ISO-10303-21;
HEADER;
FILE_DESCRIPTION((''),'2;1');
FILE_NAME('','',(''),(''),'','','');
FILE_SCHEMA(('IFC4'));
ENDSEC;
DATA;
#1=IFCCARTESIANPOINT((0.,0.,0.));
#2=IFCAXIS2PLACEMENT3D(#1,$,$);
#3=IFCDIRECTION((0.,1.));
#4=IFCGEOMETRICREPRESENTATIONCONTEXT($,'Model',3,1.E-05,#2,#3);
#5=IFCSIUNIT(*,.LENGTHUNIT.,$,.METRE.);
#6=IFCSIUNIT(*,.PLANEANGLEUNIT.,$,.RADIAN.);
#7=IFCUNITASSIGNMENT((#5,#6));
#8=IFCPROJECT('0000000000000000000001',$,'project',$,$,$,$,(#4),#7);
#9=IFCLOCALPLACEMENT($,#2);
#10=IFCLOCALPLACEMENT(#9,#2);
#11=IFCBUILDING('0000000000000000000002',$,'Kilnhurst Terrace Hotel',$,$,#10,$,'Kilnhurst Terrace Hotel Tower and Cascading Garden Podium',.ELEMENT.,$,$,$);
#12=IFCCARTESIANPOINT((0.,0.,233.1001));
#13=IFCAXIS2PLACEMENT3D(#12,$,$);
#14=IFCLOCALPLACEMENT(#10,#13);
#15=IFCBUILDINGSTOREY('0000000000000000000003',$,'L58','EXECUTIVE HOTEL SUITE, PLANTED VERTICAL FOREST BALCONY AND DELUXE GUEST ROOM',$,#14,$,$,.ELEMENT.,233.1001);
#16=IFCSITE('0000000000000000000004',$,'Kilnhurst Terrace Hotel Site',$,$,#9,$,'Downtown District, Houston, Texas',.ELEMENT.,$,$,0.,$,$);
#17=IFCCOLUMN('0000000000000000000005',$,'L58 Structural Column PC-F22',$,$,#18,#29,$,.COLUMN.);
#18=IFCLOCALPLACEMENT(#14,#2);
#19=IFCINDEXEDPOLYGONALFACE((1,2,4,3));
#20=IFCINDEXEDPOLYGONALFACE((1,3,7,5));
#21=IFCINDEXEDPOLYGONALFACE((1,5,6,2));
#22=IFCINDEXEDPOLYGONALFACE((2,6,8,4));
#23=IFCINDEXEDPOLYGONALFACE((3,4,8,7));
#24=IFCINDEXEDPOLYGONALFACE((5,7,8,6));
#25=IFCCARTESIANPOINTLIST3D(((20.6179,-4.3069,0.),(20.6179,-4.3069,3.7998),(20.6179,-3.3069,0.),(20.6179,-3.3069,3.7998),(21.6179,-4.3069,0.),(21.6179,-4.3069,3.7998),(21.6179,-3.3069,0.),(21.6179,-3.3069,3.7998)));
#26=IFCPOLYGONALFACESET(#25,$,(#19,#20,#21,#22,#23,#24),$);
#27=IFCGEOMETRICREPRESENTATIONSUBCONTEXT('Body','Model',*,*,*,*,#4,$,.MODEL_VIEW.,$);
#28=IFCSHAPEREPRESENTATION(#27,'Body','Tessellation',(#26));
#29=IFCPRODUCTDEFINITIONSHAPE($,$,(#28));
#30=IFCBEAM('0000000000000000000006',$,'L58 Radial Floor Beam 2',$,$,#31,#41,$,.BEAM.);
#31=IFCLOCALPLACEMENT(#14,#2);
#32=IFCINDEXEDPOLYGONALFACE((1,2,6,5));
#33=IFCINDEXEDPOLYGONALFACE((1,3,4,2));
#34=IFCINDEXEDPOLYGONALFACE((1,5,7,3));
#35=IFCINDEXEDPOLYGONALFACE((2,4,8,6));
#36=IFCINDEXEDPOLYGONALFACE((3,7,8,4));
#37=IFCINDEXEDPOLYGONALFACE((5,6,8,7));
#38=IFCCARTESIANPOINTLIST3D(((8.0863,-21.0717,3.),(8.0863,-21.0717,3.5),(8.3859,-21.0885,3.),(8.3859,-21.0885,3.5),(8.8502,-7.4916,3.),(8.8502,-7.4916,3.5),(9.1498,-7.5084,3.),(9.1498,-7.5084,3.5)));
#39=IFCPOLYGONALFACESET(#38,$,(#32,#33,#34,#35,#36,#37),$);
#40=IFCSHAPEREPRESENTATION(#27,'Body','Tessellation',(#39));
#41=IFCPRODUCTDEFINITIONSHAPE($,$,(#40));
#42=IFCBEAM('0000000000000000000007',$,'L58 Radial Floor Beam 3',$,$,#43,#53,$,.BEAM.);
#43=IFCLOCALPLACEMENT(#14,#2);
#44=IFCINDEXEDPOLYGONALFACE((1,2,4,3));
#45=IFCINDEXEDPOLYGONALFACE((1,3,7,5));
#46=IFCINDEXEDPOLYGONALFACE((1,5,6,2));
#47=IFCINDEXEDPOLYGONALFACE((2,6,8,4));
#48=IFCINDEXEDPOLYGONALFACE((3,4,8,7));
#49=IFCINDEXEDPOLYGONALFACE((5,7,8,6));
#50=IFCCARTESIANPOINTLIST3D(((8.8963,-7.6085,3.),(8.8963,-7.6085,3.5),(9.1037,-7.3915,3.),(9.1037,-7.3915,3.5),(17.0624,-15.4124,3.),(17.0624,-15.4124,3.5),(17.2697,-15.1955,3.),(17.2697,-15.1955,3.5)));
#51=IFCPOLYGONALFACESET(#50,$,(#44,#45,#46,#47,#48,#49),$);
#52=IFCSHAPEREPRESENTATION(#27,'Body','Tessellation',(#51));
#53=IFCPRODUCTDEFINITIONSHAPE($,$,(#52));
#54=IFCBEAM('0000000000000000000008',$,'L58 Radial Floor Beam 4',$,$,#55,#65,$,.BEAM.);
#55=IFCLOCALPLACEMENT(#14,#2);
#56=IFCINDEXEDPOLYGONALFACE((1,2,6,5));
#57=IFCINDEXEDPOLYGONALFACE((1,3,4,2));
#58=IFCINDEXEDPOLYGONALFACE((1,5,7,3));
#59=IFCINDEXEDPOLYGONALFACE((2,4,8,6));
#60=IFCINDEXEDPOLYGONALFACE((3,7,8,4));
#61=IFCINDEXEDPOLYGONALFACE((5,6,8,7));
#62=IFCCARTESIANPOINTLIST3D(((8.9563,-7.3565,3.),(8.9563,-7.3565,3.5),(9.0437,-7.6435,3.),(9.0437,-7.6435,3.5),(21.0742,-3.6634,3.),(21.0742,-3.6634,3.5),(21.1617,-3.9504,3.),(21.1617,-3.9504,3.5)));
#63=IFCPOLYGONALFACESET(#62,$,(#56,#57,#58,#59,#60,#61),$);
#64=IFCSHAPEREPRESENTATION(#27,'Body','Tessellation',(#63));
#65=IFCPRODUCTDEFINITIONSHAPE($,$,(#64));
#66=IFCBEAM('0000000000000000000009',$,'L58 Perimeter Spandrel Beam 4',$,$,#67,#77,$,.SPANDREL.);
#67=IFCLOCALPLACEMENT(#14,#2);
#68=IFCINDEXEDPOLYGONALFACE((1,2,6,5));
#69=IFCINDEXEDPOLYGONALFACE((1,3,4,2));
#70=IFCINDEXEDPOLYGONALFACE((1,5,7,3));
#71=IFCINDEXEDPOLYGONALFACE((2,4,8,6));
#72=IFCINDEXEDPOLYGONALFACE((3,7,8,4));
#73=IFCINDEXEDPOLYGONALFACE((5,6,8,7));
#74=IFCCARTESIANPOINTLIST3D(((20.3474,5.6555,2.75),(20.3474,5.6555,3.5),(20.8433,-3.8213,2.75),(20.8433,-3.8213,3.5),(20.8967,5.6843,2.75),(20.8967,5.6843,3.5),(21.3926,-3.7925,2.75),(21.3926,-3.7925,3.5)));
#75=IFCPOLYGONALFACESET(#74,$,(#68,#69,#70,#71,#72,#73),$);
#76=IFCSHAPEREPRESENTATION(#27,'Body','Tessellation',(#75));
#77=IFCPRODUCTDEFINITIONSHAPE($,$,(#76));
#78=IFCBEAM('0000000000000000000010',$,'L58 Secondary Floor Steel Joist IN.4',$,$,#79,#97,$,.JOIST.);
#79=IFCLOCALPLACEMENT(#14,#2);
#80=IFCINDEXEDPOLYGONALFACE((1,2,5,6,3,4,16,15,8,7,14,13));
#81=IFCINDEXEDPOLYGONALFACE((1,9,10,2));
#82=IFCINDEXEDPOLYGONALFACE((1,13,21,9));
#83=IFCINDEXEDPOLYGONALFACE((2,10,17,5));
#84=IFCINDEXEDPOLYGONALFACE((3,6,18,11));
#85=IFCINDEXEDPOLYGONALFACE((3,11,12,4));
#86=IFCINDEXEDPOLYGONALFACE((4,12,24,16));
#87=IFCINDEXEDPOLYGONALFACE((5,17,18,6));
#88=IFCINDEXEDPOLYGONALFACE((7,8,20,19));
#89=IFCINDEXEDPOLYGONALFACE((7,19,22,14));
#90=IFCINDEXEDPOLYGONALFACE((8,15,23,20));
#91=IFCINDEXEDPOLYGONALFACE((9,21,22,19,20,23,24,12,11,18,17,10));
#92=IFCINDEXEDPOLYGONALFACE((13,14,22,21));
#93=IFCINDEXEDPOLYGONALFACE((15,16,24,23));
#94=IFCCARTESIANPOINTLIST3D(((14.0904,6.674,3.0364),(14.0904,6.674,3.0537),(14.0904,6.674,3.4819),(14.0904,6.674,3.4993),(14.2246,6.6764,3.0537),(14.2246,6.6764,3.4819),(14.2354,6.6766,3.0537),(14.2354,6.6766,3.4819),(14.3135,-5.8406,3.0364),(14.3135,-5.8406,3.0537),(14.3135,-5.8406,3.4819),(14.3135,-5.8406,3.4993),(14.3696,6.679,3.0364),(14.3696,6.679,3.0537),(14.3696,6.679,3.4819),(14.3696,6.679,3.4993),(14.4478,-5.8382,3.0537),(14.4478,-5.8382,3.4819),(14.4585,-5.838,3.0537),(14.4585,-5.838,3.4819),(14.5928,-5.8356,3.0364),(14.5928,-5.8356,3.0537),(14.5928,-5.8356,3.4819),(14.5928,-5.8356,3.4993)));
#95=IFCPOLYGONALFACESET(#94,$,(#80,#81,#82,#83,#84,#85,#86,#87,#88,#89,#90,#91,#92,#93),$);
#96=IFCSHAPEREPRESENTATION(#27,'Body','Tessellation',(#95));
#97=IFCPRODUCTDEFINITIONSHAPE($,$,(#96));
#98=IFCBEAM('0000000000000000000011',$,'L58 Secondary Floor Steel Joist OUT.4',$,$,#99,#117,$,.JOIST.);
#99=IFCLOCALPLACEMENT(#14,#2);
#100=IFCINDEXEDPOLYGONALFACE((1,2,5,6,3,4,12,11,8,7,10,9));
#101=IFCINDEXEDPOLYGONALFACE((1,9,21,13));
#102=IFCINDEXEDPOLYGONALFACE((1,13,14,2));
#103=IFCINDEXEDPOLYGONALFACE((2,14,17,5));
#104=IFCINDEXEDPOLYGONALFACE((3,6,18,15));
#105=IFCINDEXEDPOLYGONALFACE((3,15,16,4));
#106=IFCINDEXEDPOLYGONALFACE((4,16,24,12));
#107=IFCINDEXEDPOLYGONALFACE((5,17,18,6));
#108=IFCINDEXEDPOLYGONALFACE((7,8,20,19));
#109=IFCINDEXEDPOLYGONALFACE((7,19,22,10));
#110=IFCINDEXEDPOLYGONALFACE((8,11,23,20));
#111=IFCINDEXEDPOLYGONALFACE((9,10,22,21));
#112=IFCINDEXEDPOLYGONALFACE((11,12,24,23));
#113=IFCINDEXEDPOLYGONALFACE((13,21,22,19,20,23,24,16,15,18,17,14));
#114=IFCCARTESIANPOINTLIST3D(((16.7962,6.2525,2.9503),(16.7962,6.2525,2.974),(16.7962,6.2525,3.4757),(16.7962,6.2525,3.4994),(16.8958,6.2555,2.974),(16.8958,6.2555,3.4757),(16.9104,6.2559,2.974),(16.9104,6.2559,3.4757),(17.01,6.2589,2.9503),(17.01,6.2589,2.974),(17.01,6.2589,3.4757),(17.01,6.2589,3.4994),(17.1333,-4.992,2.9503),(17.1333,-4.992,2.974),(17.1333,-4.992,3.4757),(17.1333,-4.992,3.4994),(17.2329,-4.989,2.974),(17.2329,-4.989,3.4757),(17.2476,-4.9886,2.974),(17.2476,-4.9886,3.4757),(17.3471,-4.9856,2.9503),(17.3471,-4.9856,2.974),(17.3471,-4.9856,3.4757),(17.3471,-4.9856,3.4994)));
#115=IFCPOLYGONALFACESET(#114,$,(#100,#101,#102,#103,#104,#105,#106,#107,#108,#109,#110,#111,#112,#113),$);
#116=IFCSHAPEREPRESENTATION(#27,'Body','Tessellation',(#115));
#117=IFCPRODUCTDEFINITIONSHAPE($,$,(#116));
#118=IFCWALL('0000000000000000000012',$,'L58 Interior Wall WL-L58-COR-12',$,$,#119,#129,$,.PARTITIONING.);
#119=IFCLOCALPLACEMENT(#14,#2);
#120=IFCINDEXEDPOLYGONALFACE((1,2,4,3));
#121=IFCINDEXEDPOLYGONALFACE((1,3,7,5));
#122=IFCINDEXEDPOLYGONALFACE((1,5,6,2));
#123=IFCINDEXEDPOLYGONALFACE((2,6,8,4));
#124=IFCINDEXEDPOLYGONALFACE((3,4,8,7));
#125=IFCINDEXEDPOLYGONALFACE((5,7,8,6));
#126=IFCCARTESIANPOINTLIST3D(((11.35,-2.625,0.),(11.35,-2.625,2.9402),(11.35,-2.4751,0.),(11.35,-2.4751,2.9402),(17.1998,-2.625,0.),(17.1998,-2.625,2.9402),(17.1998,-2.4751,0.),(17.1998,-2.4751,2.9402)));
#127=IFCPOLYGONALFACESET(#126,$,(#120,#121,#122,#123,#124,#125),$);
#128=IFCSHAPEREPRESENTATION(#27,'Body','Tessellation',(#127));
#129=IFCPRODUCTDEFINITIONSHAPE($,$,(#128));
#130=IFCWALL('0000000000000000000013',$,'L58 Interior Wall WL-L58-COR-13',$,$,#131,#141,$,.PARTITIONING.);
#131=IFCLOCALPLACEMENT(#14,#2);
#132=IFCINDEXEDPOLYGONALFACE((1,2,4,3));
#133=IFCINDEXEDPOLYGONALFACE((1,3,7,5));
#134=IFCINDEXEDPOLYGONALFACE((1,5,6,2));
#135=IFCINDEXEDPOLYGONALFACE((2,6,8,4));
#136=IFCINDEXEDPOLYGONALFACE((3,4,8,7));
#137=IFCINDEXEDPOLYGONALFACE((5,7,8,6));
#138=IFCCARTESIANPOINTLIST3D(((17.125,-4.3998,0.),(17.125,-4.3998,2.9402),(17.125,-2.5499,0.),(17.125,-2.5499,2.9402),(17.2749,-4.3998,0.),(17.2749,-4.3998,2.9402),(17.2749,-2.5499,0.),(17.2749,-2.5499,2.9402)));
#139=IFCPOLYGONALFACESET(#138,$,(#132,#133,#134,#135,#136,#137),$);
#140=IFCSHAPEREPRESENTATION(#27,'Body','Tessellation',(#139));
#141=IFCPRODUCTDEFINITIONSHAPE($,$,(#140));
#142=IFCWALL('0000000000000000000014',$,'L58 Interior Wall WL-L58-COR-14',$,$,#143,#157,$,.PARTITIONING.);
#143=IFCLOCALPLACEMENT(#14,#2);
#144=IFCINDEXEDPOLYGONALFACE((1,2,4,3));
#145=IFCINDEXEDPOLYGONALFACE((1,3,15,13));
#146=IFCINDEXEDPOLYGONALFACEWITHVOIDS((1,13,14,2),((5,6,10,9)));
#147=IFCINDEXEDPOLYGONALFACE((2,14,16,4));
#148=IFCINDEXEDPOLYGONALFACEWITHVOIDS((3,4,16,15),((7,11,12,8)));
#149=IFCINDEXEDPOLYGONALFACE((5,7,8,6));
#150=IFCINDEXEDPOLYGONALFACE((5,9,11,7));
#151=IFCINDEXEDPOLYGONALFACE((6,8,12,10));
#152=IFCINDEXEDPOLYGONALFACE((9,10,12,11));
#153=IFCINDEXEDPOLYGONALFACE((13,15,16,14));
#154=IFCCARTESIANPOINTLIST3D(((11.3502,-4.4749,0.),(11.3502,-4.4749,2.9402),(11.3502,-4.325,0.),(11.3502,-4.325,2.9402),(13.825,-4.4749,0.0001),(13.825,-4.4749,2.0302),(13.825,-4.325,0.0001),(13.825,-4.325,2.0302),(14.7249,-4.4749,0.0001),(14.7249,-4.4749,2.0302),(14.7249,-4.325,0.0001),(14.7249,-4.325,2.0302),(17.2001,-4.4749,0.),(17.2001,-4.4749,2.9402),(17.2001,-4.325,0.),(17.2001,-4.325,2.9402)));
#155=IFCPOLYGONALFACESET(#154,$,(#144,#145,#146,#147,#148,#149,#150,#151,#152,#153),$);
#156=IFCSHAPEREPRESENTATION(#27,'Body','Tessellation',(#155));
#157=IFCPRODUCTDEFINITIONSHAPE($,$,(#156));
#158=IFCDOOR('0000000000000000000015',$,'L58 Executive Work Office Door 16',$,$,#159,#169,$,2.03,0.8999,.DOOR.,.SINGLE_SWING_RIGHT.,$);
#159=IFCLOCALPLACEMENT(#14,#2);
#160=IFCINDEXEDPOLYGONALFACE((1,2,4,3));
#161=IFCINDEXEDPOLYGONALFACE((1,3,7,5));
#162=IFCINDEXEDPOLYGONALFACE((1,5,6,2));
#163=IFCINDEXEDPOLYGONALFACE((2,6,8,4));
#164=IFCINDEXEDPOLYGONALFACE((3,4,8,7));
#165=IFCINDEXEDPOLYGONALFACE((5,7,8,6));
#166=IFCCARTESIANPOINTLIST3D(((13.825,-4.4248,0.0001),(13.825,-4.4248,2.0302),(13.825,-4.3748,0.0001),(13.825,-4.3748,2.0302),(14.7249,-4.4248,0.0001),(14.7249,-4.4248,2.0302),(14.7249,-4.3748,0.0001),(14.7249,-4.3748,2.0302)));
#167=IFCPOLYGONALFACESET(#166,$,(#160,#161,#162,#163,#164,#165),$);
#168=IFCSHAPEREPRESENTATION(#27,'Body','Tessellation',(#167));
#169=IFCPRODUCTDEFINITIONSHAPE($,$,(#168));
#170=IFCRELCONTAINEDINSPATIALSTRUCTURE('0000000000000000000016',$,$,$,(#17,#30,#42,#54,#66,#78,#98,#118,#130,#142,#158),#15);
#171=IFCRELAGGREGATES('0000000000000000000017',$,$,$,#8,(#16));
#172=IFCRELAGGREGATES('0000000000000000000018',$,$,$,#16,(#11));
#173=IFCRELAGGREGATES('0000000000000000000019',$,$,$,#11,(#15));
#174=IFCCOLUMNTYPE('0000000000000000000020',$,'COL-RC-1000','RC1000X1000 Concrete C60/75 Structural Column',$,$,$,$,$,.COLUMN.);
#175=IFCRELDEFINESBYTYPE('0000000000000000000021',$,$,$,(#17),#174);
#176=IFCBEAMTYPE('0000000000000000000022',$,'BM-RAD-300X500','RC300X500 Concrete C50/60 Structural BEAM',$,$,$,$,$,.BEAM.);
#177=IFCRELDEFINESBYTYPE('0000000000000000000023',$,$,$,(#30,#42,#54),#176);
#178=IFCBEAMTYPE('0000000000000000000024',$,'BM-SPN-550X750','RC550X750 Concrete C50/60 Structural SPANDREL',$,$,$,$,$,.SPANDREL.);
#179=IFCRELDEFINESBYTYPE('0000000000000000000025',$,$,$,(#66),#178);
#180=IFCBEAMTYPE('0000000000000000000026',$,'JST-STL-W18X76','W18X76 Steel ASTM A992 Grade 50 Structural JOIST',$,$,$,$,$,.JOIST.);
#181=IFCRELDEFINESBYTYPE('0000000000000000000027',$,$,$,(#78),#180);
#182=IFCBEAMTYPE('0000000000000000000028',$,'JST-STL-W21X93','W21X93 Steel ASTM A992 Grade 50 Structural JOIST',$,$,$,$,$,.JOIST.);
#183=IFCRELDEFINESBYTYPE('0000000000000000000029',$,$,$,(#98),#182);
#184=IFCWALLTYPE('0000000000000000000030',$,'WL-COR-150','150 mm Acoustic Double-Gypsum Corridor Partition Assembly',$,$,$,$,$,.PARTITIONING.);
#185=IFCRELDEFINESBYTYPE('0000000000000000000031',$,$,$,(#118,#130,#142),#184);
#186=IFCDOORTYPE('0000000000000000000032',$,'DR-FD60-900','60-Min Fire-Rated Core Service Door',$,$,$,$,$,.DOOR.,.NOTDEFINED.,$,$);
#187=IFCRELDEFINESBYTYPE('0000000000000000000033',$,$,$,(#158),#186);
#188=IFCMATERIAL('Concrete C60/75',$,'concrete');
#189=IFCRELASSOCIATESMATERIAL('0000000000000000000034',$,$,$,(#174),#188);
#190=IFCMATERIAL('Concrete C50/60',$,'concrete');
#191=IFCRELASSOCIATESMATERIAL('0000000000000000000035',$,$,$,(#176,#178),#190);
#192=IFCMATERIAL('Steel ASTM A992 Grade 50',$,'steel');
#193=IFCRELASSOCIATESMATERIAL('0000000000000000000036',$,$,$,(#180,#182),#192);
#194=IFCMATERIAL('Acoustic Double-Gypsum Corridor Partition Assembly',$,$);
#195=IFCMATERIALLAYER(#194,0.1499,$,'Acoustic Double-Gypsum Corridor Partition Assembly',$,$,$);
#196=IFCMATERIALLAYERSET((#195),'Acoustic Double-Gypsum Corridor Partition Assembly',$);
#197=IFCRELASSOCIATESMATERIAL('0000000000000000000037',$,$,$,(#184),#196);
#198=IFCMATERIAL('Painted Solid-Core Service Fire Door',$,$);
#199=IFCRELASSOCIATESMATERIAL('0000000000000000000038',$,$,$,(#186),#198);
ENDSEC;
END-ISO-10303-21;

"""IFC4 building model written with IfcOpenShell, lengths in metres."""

from ifc_helpers import new_model, si_unit, direction, frame, frame_2d, origin, origin_2d, place, context, subcontext, project, spatial, rectangle, i_section, extrude, material, layer, layer_set, material_profile, profile_set, type_object, element, fill, save


model = new_model("IFC4")

# Units and contexts
model_context = context("Model", 3, precision=1e-05, world=origin(), true_north=direction((0.0, 1.0)))
body_context = subcontext(model_context, "Body", "Model", "MODEL_VIEW")
ifc_project = project(units=[si_unit("LENGTHUNIT", "METRE"), si_unit("PLANEANGLEUNIT", "RADIAN")], contexts=[model_context])

# Site, building, storey
site_placement = place(None, origin())
site = spatial("IfcSite", under=ifc_project, at=site_placement, Name="Kilnhurst Terrace Hotel Site", LongName="Downtown District, Houston, Texas", CompositionType="ELEMENT", RefElevation=0.0)
building_placement = place(site_placement, origin())
building = spatial("IfcBuilding", under=site, at=building_placement, Name="Kilnhurst Terrace Hotel", LongName="Kilnhurst Terrace Hotel Tower and Cascading Garden Podium", CompositionType="ELEMENT")
storey_placement = place(building_placement, frame((0.0, 0.0, 233.1001)))
storey = spatial("IfcBuildingStorey", under=building, at=storey_placement, Name="L58", Description="EXECUTIVE HOTEL SUITE, PLANTED VERTICAL FOREST BALCONY AND DELUXE GUEST ROOM", CompositionType="ELEMENT", Elevation=233.1001)

# Column
ifc_material_1 = material(Name="Concrete C60/75", Category="concrete")
ifc_material_profile_1 = material_profile(ifc_material_1, rectangle(XDim=1.0, YDim=1.0, at=origin_2d()), Name="RC1000X1000")
ifc_profile_set_1 = profile_set([ifc_material_profile_1], Name="Concrete C60/75")
column_type = type_object("IfcColumnType", Name="COL-RC-1000", Description="RC1000X1000 Concrete C60/75 Structural Column", PredefinedType="COLUMN", material=ifc_profile_set_1)
column_placement = place(storey_placement, frame((21.1179, -3.8069, 0.0), z_axis=(0.0, 0.0, 1.0), x_axis=(1.0, 0.0, 0.0)))
element("IfcColumn", 1, at=column_placement, inside=storey, type_object=column_type, Name="L58 Structural Column PC-F22", PredefinedType="COLUMN", context=body_context, shape_type="SweptSolid", body=[
    extrude(rectangle(XDim=1.0, YDim=1.0, at=origin_2d()), origin(), (0.0, 0.0, 1.0), 3.7998),
])

# Beams
ifc_material_2 = material(Name="Concrete C50/60", Category="concrete")
ifc_material_profile_2 = material_profile(ifc_material_2, rectangle(XDim=0.3, YDim=0.5, at=origin_2d()), Name="RC300X500")
ifc_profile_set_2 = profile_set([ifc_material_profile_2], Name="Concrete C50/60")
beam_type_1 = type_object("IfcBeamType", Name="BM-RAD-300X500", Description="RC300X500 Concrete C50/60 Structural BEAM", PredefinedType="BEAM", material=ifc_profile_set_2)
beam_1_placement = place(storey_placement, frame((9.0, -7.5, 3.25), z_axis=(-0.056164, -0.998422, 0.0), x_axis=(0.998422, -0.056164, 0.0)))
element("IfcBeam", 2, at=beam_1_placement, inside=storey, type_object=beam_type_1, Name="L58 Radial Floor Beam 2", PredefinedType="BEAM", context=body_context, shape_type="SweptSolid", body=[
    extrude(rectangle(XDim=0.3, YDim=0.5, at=origin_2d()), origin(), (0.0, 0.0, 1.0), 13.6016),
])
beam_2_placement = place(storey_placement, frame((9.0, -7.5, 3.25), z_axis=(0.722952, -0.690898, 0.0), x_axis=(0.690898, 0.722952, 0.0)))
element("IfcBeam", 3, at=beam_2_placement, inside=storey, type_object=beam_type_1, Name="L58 Radial Floor Beam 3", PredefinedType="BEAM", context=body_context, shape_type="SweptSolid", body=[
    extrude(rectangle(XDim=0.3, YDim=0.5, at=origin_2d()), origin(), (0.0, 0.0, 1.0), 11.2954),
])
beam_3_placement = place(storey_placement, frame((9.0, -7.5, 3.25), z_axis=(0.956563, 0.291527, 0.0), x_axis=(-0.291527, 0.956563, 0.0)))
element("IfcBeam", 4, at=beam_3_placement, inside=storey, type_object=beam_type_1, Name="L58 Radial Floor Beam 4", PredefinedType="BEAM", context=body_context, shape_type="SweptSolid", body=[
    extrude(rectangle(XDim=0.3, YDim=0.5, at=origin_2d()), origin(), (0.0, 0.0, 1.0), 12.6682),
])
ifc_material_profile_3 = material_profile(ifc_material_2, rectangle(XDim=0.55, YDim=0.75, at=origin_2d()), Name="RC550X750")
ifc_profile_set_3 = profile_set([ifc_material_profile_3], Name="Concrete C50/60")
beam_type_2 = type_object("IfcBeamType", Name="BM-SPN-550X750", Description="RC550X750 Concrete C50/60 Structural SPANDREL", PredefinedType="SPANDREL", material=ifc_profile_set_3)
beam_4_placement = place(storey_placement, frame((21.1179, -3.8069, 3.125), z_axis=(-0.052251, 0.998634, 0.0), x_axis=(-0.998634, -0.052251, 0.0)))
element("IfcBeam", 5, at=beam_4_placement, inside=storey, type_object=beam_type_2, Name="L58 Perimeter Spandrel Beam 4", PredefinedType="SPANDREL", context=body_context, shape_type="SweptSolid", body=[
    extrude(rectangle(XDim=0.55, YDim=0.75, at=origin_2d()), origin(), (0.0, 0.0, 1.0), 9.4897),
])
ifc_material_3 = material(Name="Steel ASTM A992 Grade 50", Category="steel")
ifc_material_profile_4 = material_profile(ifc_material_3, i_section(OverallWidth=0.2793, OverallDepth=0.4629, WebThickness=0.0107, FlangeThickness=0.0173, at=origin_2d()), Name="W18X76")
ifc_profile_set_4 = profile_set([ifc_material_profile_4], Name="Steel ASTM A992 Grade 50")
beam_type_3 = type_object("IfcBeamType", Name="JST-STL-W18X76", Description="W18X76 Steel ASTM A992 Grade 50 Structural JOIST", PredefinedType="JOIST", material=ifc_profile_set_4)
beam_5_placement = place(storey_placement, frame((14.4531, -5.8381, 3.2678), z_axis=(-0.017828, 0.999841, 0.0), x_axis=(-0.999841, -0.017828, 0.0)))
element("IfcBeam", 6, at=beam_5_placement, inside=storey, type_object=beam_type_3, Name="L58 Secondary Floor Steel Joist IN.4", PredefinedType="JOIST", context=body_context, shape_type="SweptSolid", body=[
    extrude(i_section(OverallWidth=0.2793, OverallDepth=0.4629, WebThickness=0.0107, FlangeThickness=0.0173, at=origin_2d()), origin(), (0.0, 0.0, 1.0), 12.5166),
])
ifc_material_profile_5 = material_profile(ifc_material_3, i_section(OverallWidth=0.2139, OverallDepth=0.5491, WebThickness=0.0146, FlangeThickness=0.0237, at=origin_2d()), Name="W21X93")
ifc_profile_set_5 = profile_set([ifc_material_profile_5], Name="Steel ASTM A992 Grade 50")
beam_type_4 = type_object("IfcBeamType", Name="JST-STL-W21X93", Description="W21X93 Steel ASTM A992 Grade 50 Structural JOIST", PredefinedType="JOIST", material=ifc_profile_set_5)
beam_6_placement = place(storey_placement, frame((17.2402, -4.9888, 3.2249), z_axis=(-0.029971, 0.999551, 0.0), x_axis=(-0.999551, -0.029971, 0.0)))
element("IfcBeam", 7, at=beam_6_placement, inside=storey, type_object=beam_type_4, Name="L58 Secondary Floor Steel Joist OUT.4", PredefinedType="JOIST", context=body_context, shape_type="SweptSolid", body=[
    extrude(i_section(OverallWidth=0.2139, OverallDepth=0.5491, WebThickness=0.0146, FlangeThickness=0.0237, at=origin_2d()), origin(), (0.0, 0.0, 1.0), 11.2495),
])

# Walls
ifc_material_4 = material(Name="Acoustic Double-Gypsum Corridor Partition Assembly")
ifc_layer_1 = layer(ifc_material_4, 0.1499, Name="Acoustic Double-Gypsum Corridor Partition Assembly")
ifc_layer_set_1 = layer_set([ifc_layer_1], Name="Acoustic Double-Gypsum Corridor Partition Assembly")
wall_type_1 = type_object("IfcWallType", Name="WL-COR-150", Description="150 mm Acoustic Double-Gypsum Corridor Partition Assembly", PredefinedType="PARTITIONING", material=ifc_layer_set_1)
wall_1_placement = place(storey_placement, frame((11.3501, -2.55, 0.0), z_axis=(0.0, 0.0, 1.0), x_axis=(1.0, 0.0, 0.0)))
element("IfcWall", 8, at=wall_1_placement, inside=storey, type_object=wall_type_1, Name="L58 Interior Wall WL-L58-COR-12", PredefinedType="PARTITIONING", context=body_context, shape_type="SweptSolid", body=[
    extrude(rectangle(XDim=5.8499, YDim=0.1499, at=frame_2d((2.9248, 0.0))), origin(), (0.0, 0.0, 1.0), 2.9402),
])
wall_2_placement = place(storey_placement, frame((17.2, -2.55, 0.0), z_axis=(0.0, 0.0, 1.0), x_axis=(0.0, -1.0, 0.0)))
element("IfcWall", 9, at=wall_2_placement, inside=storey, type_object=wall_type_1, Name="L58 Interior Wall WL-L58-COR-13", PredefinedType="PARTITIONING", context=body_context, shape_type="SweptSolid", body=[
    extrude(rectangle(XDim=1.8499, YDim=0.1499, at=frame_2d((0.9248, 0.0))), origin(), (0.0, 0.0, 1.0), 2.9402),
])

# Wall, opening, door
wall_3_placement = place(storey_placement, frame((17.2, -4.3999, 0.0), z_axis=(0.0, 0.0, 1.0), x_axis=(-1.0, 0.0, 0.0)))
wall_3 = element("IfcWall", 10, at=wall_3_placement, inside=storey, type_object=wall_type_1, Name="L58 Interior Wall WL-L58-COR-14", PredefinedType="PARTITIONING", context=body_context, shape_type="SweptSolid", body=[
    extrude(rectangle(XDim=5.8499, YDim=0.1499, at=frame_2d((2.9248, 0.0))), origin(), (0.0, 0.0, 1.0), 2.9402),
])
opening_1_placement = place(wall_3_placement, frame((2.4751, 0.0, 0.0)))
opening_1 = element("IfcOpeningElement", 11, at=opening_1_placement, cuts=wall_3, PredefinedType="OPENING", context=body_context, shape_type="SweptSolid", body=[
    extrude(rectangle(XDim=0.8999, YDim=2.03, at=frame_2d((0.45, 1.0151))), frame((0.0, 0.085, 0.0), z_axis=(0.0, -1.0, 0.0), x_axis=(1.0, 0.0, 0.0)), (0.0, 0.0, 1.0), 0.1699),
])
ifc_material_5 = material(Name="Painted Solid-Core Service Fire Door")
door_type_1 = type_object("IfcDoorType", Name="DR-FD60-900", Description="60-Min Fire-Rated Core Service Door", OperationType="NOTDEFINED", PredefinedType="DOOR", material=ifc_material_5)
door_1_placement = place(opening_1_placement, origin())
door_1 = element("IfcDoor", 12, at=door_1_placement, inside=storey, type_object=door_type_1, Name="L58 Executive Work Office Door 16", OperationType="SINGLE_SWING_RIGHT", OverallHeight=2.03, OverallWidth=0.8999, PredefinedType="DOOR", context=body_context, shape_type="SweptSolid", body=[
    extrude(rectangle(XDim=0.8999, YDim=2.03, at=frame_2d((0.45, 1.0151))), frame((0.0, 0.0249, 0.0), z_axis=(0.0, -1.0, 0.0), x_axis=(1.0, 0.0, 0.0)), (0.0, 0.0, 1.0), 0.05),
])
fill(opening_1, door_1)

save(model, "model.ifc")
